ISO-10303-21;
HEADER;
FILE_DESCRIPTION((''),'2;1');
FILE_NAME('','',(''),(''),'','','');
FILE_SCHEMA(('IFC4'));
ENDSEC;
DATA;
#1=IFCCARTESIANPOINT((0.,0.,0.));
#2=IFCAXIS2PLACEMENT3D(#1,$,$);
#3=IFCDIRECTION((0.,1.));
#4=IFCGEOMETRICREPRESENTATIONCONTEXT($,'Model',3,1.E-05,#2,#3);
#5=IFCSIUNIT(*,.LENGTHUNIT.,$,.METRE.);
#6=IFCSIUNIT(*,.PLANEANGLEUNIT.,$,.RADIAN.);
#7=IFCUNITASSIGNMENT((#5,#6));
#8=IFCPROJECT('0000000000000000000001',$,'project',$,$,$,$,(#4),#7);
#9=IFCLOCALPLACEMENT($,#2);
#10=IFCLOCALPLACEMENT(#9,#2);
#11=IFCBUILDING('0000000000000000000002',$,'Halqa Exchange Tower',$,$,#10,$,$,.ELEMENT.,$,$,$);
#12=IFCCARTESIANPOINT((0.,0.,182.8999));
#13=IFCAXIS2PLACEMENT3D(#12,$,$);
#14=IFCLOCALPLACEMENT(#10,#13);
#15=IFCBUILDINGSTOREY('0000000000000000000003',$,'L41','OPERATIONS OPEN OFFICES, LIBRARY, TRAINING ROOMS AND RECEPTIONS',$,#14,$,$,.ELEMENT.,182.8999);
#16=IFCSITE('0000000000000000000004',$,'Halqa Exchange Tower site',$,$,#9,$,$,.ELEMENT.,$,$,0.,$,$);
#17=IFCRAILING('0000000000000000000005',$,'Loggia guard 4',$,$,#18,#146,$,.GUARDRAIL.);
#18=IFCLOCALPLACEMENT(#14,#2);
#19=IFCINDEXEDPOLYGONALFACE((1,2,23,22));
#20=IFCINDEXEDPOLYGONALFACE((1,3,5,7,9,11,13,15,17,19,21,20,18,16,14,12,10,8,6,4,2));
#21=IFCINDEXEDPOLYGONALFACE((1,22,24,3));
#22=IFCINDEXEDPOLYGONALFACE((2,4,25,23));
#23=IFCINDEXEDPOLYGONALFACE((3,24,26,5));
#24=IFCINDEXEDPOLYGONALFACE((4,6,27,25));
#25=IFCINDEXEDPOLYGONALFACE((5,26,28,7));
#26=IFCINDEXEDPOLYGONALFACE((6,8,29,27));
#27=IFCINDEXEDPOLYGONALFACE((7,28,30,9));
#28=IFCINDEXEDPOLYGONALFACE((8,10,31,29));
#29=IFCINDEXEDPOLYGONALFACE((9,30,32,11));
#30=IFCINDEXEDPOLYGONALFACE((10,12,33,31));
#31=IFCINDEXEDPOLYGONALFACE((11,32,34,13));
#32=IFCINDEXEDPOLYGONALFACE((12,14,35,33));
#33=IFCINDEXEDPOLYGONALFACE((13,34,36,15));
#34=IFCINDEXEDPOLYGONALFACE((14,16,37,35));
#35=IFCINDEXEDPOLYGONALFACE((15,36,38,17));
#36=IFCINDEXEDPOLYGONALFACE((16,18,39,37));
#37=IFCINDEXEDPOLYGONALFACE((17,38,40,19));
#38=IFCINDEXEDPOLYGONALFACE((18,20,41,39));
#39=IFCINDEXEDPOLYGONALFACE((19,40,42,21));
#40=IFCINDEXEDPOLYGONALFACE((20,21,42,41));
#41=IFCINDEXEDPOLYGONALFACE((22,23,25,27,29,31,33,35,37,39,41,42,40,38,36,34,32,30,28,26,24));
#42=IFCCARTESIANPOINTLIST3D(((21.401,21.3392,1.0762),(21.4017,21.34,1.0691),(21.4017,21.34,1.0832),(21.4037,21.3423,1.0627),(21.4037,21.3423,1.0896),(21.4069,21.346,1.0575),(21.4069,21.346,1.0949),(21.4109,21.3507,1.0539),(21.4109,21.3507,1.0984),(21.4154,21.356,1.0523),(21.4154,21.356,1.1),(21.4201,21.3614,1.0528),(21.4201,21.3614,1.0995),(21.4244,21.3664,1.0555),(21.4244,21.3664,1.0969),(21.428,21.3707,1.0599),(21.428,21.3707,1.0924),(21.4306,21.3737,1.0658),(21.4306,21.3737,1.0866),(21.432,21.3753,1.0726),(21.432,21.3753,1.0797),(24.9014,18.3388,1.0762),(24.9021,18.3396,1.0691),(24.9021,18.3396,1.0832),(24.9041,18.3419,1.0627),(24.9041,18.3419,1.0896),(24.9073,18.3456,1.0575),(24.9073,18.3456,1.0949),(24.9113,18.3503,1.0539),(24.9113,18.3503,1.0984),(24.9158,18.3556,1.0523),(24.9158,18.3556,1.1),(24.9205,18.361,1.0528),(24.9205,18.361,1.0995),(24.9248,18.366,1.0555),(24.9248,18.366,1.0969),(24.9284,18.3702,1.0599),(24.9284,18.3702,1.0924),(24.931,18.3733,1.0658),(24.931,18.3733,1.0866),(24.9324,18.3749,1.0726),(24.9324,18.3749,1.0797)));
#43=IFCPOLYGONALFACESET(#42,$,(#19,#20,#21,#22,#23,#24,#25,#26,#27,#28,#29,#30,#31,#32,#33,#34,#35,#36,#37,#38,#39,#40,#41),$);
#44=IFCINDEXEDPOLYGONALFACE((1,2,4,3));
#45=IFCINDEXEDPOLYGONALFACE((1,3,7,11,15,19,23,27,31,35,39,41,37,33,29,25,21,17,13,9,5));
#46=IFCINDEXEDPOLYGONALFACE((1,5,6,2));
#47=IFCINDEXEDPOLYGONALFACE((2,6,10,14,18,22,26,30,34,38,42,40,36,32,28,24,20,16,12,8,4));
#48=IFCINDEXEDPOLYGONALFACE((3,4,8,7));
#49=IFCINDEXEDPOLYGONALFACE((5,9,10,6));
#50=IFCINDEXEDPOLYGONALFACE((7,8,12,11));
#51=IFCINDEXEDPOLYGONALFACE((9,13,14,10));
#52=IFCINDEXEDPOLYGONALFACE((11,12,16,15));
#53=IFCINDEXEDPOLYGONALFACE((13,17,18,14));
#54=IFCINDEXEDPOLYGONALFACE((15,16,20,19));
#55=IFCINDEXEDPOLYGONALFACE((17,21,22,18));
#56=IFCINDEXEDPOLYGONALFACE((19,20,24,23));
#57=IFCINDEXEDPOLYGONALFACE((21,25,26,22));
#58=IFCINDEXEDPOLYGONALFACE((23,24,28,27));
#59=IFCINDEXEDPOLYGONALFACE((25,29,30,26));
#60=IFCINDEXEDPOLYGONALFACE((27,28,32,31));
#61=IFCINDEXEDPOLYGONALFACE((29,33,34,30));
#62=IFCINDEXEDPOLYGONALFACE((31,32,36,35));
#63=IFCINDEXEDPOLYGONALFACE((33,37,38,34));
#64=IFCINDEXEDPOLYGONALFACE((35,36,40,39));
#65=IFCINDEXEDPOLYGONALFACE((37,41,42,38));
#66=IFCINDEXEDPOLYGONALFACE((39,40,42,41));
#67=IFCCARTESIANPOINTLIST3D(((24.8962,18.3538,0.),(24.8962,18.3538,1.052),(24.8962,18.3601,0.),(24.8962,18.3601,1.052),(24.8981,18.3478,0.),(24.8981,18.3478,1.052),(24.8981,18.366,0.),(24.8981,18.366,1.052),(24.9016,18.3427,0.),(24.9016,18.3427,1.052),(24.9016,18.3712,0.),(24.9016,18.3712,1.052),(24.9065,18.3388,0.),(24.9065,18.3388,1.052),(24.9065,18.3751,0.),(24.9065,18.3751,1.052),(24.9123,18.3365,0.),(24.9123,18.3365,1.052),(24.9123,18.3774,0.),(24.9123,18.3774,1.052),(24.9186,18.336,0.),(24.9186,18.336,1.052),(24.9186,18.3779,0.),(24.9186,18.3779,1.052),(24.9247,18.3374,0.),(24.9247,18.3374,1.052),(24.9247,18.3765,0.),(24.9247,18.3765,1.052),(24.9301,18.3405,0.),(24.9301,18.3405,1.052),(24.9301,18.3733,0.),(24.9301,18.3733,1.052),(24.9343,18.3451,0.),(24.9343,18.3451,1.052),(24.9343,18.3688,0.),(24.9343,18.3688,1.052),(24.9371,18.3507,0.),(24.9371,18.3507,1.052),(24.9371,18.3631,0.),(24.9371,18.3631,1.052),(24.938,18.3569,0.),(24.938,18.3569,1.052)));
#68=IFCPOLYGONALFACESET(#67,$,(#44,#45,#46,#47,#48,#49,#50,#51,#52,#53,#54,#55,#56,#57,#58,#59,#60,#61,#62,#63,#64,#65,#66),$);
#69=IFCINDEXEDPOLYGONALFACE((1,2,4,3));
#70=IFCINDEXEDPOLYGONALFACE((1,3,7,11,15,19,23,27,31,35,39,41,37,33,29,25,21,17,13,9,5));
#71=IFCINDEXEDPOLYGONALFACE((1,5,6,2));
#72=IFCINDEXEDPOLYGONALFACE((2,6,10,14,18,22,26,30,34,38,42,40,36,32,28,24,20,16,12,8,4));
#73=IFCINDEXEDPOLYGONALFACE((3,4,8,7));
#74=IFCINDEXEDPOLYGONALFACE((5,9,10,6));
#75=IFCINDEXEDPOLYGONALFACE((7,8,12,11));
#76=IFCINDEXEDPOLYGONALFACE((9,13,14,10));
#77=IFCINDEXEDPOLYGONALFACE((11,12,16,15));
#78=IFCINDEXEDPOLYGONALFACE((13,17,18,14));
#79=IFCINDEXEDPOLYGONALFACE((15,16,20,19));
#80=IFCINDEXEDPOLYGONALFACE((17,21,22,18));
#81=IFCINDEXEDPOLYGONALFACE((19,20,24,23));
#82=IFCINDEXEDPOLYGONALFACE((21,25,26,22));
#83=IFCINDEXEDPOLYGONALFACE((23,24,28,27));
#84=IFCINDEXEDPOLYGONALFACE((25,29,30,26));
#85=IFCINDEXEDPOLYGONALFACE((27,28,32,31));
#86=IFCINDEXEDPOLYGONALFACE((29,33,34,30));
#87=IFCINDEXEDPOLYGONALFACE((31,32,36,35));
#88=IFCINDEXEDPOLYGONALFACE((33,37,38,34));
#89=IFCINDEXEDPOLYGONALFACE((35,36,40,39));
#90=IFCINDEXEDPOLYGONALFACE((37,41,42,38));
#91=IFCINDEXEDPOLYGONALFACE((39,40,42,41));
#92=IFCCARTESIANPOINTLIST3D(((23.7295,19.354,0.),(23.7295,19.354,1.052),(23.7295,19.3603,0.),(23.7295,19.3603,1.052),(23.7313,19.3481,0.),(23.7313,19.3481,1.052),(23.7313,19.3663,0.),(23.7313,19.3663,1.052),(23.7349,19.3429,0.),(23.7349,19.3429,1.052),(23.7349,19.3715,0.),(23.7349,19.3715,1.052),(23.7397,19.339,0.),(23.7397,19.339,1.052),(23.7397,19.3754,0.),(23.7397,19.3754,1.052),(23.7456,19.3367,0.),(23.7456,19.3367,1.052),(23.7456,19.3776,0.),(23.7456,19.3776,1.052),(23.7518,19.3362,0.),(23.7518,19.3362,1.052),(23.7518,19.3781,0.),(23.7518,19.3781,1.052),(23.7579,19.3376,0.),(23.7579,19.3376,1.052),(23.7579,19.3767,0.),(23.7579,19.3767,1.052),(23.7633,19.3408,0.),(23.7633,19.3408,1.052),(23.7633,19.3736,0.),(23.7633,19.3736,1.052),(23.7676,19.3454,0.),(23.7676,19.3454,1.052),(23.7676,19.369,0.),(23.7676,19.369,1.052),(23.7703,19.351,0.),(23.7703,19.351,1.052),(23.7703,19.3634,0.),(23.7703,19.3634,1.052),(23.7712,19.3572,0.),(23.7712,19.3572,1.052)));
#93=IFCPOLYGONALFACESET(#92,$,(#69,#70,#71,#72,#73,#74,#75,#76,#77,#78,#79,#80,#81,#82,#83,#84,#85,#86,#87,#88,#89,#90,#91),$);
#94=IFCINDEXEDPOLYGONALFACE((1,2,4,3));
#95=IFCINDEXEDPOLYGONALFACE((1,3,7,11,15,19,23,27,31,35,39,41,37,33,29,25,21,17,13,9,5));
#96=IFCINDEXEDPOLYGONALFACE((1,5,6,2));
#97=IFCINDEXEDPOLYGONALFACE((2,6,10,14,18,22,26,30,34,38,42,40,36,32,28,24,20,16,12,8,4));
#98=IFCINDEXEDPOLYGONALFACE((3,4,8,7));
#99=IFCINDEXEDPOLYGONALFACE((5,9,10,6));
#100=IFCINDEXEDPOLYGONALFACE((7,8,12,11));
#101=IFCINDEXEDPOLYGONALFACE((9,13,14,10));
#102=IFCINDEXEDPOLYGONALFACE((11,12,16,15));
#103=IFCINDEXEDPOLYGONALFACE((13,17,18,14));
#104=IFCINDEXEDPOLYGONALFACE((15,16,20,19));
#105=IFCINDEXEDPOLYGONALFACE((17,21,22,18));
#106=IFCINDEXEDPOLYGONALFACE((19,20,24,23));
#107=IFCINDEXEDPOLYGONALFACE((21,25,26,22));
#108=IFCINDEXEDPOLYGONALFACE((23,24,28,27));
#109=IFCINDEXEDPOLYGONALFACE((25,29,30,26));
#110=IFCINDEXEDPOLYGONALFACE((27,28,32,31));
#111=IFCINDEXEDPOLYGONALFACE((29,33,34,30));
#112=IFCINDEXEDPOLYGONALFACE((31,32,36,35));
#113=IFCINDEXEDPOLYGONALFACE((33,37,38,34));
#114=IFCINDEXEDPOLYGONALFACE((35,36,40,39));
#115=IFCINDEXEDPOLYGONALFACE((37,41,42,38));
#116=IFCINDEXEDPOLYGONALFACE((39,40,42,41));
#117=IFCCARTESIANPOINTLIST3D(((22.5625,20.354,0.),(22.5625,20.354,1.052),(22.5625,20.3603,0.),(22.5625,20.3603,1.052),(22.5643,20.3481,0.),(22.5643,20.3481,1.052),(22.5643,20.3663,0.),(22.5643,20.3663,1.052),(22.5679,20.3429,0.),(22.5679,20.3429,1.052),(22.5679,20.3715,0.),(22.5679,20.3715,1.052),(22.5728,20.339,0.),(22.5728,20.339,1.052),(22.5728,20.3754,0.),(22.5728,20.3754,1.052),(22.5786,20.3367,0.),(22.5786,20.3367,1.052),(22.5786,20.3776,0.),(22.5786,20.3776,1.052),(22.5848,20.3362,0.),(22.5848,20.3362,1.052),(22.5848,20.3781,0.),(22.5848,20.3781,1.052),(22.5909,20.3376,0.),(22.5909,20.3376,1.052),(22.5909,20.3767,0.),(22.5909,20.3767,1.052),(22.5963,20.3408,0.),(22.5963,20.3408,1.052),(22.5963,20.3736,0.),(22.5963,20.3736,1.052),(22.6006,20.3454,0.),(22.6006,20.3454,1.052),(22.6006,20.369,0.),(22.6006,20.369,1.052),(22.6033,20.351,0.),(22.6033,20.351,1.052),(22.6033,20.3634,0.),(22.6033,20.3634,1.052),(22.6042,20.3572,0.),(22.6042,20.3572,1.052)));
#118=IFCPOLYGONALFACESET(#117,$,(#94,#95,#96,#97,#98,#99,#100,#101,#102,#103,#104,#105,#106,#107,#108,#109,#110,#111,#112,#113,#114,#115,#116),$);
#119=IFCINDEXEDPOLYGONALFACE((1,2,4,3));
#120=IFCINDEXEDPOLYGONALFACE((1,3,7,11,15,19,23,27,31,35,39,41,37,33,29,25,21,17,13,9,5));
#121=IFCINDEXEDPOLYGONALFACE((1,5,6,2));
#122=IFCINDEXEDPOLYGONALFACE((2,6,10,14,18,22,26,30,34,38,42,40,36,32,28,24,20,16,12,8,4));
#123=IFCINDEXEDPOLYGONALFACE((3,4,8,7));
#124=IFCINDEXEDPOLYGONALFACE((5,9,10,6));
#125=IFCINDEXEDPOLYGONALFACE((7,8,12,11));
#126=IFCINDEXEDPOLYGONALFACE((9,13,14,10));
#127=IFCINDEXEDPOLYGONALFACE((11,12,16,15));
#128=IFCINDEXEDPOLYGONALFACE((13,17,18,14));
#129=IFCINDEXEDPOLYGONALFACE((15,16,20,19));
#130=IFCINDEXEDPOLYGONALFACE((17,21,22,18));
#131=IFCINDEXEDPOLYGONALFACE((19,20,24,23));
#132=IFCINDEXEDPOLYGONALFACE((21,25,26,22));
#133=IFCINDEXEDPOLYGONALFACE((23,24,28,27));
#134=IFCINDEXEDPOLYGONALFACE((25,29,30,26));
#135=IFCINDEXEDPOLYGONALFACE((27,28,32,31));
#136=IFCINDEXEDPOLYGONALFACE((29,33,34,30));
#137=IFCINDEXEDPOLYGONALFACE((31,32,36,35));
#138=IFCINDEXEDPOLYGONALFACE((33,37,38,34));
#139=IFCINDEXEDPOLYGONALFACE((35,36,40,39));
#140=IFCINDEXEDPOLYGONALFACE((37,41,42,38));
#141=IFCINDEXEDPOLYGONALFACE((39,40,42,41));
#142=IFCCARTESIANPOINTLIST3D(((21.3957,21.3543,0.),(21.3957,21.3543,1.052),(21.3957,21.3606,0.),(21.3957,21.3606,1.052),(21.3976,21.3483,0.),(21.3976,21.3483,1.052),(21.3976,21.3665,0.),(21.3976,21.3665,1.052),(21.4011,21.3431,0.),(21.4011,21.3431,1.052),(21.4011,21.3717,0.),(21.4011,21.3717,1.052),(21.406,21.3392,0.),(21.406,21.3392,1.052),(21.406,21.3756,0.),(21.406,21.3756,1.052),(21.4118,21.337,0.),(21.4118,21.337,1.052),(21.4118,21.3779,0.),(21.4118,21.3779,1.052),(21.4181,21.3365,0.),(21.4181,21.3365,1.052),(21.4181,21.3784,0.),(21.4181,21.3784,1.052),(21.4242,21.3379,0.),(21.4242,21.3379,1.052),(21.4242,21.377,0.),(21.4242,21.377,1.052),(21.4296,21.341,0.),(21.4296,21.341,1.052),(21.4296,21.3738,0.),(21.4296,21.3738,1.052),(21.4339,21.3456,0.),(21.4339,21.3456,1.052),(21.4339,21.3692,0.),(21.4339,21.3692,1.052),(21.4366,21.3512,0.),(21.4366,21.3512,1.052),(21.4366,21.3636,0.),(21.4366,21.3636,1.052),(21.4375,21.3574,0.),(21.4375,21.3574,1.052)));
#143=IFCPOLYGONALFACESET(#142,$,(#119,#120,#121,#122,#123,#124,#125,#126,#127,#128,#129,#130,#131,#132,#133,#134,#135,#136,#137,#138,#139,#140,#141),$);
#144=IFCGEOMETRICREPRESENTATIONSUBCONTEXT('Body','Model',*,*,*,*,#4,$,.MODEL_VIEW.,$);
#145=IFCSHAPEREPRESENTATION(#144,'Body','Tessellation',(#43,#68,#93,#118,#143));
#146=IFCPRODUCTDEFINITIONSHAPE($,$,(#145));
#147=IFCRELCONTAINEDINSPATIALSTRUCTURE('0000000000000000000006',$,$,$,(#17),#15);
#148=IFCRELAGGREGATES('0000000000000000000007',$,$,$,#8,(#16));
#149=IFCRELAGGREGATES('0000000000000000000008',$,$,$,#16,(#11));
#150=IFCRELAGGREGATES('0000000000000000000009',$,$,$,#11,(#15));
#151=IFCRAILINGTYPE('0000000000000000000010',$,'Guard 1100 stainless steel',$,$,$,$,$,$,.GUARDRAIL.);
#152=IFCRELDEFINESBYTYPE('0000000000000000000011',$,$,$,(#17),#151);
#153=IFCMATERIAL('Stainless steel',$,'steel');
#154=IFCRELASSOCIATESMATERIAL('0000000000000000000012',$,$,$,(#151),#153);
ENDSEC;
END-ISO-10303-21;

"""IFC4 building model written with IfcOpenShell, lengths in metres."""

from ifc_helpers import new_model, si_unit, direction, frame, origin, origin_2d, place, context, subcontext, project, spatial, circle, extrude, material, type_object, element, save


model = new_model("IFC4")

# Units and contexts
model_context = context("Model", 3, precision=1e-05, world=origin(), true_north=direction((0.0, 1.0)))
body_context = subcontext(model_context, "Body", "Model", "MODEL_VIEW")
ifc_project = project(units=[si_unit("LENGTHUNIT", "METRE"), si_unit("PLANEANGLEUNIT", "RADIAN")], contexts=[model_context])

# Site, building, storey
site_placement = place(None, origin())
site = spatial("IfcSite", under=ifc_project, at=site_placement, Name="Halqa Exchange Tower site", CompositionType="ELEMENT", RefElevation=0.0)
building_placement = place(site_placement, origin())
building = spatial("IfcBuilding", under=site, at=building_placement, Name="Halqa Exchange Tower", CompositionType="ELEMENT")
storey_placement = place(building_placement, frame((0.0, 0.0, 182.8999)))
storey = spatial("IfcBuildingStorey", under=building, at=storey_placement, Name="L41", Description="OPERATIONS OPEN OFFICES, LIBRARY, TRAINING ROOMS AND RECEPTIONS", CompositionType="ELEMENT", Elevation=182.8999)

# Railing
ifc_material_1 = material(Name="Stainless steel", Category="steel")
railing_type = type_object("IfcRailingType", Name="Guard 1100 stainless steel", PredefinedType="GUARDRAIL", material=ifc_material_1)
railing_1_placement = place(storey_placement, frame((24.917, 18.3569, 0.0)))
element("IfcRailing", 1, at=railing_1_placement, inside=storey, type_object=railing_type, Name="Loggia guard 4", PredefinedType="GUARDRAIL", context=body_context, shape_type="SweptSolid", body=[
    extrude(circle(Radius=0.0239, at=origin_2d()), frame((0.0, 0.0, 1.0762), z_axis=(-0.759249, 0.6508, 0.0), x_axis=(-0.6508, -0.759249, 0.0)), (0.0, 0.0, 1.0), 4.6104),
    extrude(circle(Radius=0.021, at=origin_2d()), origin(), (0.0, 0.0, 1.0), 1.052),
    extrude(circle(Radius=0.021, at=origin_2d()), frame((-1.1667, 1.0002, 0.0)), (0.0, 0.0, 1.0), 1.052),
    extrude(circle(Radius=0.021, at=origin_2d()), frame((-2.3337, 2.0002, 0.0)), (0.0, 0.0, 1.0), 1.052),
    extrude(circle(Radius=0.021, at=origin_2d()), frame((-3.5005, 3.0005, 0.0)), (0.0, 0.0, 1.0), 1.052),
])

save(model, "model.ifc")
